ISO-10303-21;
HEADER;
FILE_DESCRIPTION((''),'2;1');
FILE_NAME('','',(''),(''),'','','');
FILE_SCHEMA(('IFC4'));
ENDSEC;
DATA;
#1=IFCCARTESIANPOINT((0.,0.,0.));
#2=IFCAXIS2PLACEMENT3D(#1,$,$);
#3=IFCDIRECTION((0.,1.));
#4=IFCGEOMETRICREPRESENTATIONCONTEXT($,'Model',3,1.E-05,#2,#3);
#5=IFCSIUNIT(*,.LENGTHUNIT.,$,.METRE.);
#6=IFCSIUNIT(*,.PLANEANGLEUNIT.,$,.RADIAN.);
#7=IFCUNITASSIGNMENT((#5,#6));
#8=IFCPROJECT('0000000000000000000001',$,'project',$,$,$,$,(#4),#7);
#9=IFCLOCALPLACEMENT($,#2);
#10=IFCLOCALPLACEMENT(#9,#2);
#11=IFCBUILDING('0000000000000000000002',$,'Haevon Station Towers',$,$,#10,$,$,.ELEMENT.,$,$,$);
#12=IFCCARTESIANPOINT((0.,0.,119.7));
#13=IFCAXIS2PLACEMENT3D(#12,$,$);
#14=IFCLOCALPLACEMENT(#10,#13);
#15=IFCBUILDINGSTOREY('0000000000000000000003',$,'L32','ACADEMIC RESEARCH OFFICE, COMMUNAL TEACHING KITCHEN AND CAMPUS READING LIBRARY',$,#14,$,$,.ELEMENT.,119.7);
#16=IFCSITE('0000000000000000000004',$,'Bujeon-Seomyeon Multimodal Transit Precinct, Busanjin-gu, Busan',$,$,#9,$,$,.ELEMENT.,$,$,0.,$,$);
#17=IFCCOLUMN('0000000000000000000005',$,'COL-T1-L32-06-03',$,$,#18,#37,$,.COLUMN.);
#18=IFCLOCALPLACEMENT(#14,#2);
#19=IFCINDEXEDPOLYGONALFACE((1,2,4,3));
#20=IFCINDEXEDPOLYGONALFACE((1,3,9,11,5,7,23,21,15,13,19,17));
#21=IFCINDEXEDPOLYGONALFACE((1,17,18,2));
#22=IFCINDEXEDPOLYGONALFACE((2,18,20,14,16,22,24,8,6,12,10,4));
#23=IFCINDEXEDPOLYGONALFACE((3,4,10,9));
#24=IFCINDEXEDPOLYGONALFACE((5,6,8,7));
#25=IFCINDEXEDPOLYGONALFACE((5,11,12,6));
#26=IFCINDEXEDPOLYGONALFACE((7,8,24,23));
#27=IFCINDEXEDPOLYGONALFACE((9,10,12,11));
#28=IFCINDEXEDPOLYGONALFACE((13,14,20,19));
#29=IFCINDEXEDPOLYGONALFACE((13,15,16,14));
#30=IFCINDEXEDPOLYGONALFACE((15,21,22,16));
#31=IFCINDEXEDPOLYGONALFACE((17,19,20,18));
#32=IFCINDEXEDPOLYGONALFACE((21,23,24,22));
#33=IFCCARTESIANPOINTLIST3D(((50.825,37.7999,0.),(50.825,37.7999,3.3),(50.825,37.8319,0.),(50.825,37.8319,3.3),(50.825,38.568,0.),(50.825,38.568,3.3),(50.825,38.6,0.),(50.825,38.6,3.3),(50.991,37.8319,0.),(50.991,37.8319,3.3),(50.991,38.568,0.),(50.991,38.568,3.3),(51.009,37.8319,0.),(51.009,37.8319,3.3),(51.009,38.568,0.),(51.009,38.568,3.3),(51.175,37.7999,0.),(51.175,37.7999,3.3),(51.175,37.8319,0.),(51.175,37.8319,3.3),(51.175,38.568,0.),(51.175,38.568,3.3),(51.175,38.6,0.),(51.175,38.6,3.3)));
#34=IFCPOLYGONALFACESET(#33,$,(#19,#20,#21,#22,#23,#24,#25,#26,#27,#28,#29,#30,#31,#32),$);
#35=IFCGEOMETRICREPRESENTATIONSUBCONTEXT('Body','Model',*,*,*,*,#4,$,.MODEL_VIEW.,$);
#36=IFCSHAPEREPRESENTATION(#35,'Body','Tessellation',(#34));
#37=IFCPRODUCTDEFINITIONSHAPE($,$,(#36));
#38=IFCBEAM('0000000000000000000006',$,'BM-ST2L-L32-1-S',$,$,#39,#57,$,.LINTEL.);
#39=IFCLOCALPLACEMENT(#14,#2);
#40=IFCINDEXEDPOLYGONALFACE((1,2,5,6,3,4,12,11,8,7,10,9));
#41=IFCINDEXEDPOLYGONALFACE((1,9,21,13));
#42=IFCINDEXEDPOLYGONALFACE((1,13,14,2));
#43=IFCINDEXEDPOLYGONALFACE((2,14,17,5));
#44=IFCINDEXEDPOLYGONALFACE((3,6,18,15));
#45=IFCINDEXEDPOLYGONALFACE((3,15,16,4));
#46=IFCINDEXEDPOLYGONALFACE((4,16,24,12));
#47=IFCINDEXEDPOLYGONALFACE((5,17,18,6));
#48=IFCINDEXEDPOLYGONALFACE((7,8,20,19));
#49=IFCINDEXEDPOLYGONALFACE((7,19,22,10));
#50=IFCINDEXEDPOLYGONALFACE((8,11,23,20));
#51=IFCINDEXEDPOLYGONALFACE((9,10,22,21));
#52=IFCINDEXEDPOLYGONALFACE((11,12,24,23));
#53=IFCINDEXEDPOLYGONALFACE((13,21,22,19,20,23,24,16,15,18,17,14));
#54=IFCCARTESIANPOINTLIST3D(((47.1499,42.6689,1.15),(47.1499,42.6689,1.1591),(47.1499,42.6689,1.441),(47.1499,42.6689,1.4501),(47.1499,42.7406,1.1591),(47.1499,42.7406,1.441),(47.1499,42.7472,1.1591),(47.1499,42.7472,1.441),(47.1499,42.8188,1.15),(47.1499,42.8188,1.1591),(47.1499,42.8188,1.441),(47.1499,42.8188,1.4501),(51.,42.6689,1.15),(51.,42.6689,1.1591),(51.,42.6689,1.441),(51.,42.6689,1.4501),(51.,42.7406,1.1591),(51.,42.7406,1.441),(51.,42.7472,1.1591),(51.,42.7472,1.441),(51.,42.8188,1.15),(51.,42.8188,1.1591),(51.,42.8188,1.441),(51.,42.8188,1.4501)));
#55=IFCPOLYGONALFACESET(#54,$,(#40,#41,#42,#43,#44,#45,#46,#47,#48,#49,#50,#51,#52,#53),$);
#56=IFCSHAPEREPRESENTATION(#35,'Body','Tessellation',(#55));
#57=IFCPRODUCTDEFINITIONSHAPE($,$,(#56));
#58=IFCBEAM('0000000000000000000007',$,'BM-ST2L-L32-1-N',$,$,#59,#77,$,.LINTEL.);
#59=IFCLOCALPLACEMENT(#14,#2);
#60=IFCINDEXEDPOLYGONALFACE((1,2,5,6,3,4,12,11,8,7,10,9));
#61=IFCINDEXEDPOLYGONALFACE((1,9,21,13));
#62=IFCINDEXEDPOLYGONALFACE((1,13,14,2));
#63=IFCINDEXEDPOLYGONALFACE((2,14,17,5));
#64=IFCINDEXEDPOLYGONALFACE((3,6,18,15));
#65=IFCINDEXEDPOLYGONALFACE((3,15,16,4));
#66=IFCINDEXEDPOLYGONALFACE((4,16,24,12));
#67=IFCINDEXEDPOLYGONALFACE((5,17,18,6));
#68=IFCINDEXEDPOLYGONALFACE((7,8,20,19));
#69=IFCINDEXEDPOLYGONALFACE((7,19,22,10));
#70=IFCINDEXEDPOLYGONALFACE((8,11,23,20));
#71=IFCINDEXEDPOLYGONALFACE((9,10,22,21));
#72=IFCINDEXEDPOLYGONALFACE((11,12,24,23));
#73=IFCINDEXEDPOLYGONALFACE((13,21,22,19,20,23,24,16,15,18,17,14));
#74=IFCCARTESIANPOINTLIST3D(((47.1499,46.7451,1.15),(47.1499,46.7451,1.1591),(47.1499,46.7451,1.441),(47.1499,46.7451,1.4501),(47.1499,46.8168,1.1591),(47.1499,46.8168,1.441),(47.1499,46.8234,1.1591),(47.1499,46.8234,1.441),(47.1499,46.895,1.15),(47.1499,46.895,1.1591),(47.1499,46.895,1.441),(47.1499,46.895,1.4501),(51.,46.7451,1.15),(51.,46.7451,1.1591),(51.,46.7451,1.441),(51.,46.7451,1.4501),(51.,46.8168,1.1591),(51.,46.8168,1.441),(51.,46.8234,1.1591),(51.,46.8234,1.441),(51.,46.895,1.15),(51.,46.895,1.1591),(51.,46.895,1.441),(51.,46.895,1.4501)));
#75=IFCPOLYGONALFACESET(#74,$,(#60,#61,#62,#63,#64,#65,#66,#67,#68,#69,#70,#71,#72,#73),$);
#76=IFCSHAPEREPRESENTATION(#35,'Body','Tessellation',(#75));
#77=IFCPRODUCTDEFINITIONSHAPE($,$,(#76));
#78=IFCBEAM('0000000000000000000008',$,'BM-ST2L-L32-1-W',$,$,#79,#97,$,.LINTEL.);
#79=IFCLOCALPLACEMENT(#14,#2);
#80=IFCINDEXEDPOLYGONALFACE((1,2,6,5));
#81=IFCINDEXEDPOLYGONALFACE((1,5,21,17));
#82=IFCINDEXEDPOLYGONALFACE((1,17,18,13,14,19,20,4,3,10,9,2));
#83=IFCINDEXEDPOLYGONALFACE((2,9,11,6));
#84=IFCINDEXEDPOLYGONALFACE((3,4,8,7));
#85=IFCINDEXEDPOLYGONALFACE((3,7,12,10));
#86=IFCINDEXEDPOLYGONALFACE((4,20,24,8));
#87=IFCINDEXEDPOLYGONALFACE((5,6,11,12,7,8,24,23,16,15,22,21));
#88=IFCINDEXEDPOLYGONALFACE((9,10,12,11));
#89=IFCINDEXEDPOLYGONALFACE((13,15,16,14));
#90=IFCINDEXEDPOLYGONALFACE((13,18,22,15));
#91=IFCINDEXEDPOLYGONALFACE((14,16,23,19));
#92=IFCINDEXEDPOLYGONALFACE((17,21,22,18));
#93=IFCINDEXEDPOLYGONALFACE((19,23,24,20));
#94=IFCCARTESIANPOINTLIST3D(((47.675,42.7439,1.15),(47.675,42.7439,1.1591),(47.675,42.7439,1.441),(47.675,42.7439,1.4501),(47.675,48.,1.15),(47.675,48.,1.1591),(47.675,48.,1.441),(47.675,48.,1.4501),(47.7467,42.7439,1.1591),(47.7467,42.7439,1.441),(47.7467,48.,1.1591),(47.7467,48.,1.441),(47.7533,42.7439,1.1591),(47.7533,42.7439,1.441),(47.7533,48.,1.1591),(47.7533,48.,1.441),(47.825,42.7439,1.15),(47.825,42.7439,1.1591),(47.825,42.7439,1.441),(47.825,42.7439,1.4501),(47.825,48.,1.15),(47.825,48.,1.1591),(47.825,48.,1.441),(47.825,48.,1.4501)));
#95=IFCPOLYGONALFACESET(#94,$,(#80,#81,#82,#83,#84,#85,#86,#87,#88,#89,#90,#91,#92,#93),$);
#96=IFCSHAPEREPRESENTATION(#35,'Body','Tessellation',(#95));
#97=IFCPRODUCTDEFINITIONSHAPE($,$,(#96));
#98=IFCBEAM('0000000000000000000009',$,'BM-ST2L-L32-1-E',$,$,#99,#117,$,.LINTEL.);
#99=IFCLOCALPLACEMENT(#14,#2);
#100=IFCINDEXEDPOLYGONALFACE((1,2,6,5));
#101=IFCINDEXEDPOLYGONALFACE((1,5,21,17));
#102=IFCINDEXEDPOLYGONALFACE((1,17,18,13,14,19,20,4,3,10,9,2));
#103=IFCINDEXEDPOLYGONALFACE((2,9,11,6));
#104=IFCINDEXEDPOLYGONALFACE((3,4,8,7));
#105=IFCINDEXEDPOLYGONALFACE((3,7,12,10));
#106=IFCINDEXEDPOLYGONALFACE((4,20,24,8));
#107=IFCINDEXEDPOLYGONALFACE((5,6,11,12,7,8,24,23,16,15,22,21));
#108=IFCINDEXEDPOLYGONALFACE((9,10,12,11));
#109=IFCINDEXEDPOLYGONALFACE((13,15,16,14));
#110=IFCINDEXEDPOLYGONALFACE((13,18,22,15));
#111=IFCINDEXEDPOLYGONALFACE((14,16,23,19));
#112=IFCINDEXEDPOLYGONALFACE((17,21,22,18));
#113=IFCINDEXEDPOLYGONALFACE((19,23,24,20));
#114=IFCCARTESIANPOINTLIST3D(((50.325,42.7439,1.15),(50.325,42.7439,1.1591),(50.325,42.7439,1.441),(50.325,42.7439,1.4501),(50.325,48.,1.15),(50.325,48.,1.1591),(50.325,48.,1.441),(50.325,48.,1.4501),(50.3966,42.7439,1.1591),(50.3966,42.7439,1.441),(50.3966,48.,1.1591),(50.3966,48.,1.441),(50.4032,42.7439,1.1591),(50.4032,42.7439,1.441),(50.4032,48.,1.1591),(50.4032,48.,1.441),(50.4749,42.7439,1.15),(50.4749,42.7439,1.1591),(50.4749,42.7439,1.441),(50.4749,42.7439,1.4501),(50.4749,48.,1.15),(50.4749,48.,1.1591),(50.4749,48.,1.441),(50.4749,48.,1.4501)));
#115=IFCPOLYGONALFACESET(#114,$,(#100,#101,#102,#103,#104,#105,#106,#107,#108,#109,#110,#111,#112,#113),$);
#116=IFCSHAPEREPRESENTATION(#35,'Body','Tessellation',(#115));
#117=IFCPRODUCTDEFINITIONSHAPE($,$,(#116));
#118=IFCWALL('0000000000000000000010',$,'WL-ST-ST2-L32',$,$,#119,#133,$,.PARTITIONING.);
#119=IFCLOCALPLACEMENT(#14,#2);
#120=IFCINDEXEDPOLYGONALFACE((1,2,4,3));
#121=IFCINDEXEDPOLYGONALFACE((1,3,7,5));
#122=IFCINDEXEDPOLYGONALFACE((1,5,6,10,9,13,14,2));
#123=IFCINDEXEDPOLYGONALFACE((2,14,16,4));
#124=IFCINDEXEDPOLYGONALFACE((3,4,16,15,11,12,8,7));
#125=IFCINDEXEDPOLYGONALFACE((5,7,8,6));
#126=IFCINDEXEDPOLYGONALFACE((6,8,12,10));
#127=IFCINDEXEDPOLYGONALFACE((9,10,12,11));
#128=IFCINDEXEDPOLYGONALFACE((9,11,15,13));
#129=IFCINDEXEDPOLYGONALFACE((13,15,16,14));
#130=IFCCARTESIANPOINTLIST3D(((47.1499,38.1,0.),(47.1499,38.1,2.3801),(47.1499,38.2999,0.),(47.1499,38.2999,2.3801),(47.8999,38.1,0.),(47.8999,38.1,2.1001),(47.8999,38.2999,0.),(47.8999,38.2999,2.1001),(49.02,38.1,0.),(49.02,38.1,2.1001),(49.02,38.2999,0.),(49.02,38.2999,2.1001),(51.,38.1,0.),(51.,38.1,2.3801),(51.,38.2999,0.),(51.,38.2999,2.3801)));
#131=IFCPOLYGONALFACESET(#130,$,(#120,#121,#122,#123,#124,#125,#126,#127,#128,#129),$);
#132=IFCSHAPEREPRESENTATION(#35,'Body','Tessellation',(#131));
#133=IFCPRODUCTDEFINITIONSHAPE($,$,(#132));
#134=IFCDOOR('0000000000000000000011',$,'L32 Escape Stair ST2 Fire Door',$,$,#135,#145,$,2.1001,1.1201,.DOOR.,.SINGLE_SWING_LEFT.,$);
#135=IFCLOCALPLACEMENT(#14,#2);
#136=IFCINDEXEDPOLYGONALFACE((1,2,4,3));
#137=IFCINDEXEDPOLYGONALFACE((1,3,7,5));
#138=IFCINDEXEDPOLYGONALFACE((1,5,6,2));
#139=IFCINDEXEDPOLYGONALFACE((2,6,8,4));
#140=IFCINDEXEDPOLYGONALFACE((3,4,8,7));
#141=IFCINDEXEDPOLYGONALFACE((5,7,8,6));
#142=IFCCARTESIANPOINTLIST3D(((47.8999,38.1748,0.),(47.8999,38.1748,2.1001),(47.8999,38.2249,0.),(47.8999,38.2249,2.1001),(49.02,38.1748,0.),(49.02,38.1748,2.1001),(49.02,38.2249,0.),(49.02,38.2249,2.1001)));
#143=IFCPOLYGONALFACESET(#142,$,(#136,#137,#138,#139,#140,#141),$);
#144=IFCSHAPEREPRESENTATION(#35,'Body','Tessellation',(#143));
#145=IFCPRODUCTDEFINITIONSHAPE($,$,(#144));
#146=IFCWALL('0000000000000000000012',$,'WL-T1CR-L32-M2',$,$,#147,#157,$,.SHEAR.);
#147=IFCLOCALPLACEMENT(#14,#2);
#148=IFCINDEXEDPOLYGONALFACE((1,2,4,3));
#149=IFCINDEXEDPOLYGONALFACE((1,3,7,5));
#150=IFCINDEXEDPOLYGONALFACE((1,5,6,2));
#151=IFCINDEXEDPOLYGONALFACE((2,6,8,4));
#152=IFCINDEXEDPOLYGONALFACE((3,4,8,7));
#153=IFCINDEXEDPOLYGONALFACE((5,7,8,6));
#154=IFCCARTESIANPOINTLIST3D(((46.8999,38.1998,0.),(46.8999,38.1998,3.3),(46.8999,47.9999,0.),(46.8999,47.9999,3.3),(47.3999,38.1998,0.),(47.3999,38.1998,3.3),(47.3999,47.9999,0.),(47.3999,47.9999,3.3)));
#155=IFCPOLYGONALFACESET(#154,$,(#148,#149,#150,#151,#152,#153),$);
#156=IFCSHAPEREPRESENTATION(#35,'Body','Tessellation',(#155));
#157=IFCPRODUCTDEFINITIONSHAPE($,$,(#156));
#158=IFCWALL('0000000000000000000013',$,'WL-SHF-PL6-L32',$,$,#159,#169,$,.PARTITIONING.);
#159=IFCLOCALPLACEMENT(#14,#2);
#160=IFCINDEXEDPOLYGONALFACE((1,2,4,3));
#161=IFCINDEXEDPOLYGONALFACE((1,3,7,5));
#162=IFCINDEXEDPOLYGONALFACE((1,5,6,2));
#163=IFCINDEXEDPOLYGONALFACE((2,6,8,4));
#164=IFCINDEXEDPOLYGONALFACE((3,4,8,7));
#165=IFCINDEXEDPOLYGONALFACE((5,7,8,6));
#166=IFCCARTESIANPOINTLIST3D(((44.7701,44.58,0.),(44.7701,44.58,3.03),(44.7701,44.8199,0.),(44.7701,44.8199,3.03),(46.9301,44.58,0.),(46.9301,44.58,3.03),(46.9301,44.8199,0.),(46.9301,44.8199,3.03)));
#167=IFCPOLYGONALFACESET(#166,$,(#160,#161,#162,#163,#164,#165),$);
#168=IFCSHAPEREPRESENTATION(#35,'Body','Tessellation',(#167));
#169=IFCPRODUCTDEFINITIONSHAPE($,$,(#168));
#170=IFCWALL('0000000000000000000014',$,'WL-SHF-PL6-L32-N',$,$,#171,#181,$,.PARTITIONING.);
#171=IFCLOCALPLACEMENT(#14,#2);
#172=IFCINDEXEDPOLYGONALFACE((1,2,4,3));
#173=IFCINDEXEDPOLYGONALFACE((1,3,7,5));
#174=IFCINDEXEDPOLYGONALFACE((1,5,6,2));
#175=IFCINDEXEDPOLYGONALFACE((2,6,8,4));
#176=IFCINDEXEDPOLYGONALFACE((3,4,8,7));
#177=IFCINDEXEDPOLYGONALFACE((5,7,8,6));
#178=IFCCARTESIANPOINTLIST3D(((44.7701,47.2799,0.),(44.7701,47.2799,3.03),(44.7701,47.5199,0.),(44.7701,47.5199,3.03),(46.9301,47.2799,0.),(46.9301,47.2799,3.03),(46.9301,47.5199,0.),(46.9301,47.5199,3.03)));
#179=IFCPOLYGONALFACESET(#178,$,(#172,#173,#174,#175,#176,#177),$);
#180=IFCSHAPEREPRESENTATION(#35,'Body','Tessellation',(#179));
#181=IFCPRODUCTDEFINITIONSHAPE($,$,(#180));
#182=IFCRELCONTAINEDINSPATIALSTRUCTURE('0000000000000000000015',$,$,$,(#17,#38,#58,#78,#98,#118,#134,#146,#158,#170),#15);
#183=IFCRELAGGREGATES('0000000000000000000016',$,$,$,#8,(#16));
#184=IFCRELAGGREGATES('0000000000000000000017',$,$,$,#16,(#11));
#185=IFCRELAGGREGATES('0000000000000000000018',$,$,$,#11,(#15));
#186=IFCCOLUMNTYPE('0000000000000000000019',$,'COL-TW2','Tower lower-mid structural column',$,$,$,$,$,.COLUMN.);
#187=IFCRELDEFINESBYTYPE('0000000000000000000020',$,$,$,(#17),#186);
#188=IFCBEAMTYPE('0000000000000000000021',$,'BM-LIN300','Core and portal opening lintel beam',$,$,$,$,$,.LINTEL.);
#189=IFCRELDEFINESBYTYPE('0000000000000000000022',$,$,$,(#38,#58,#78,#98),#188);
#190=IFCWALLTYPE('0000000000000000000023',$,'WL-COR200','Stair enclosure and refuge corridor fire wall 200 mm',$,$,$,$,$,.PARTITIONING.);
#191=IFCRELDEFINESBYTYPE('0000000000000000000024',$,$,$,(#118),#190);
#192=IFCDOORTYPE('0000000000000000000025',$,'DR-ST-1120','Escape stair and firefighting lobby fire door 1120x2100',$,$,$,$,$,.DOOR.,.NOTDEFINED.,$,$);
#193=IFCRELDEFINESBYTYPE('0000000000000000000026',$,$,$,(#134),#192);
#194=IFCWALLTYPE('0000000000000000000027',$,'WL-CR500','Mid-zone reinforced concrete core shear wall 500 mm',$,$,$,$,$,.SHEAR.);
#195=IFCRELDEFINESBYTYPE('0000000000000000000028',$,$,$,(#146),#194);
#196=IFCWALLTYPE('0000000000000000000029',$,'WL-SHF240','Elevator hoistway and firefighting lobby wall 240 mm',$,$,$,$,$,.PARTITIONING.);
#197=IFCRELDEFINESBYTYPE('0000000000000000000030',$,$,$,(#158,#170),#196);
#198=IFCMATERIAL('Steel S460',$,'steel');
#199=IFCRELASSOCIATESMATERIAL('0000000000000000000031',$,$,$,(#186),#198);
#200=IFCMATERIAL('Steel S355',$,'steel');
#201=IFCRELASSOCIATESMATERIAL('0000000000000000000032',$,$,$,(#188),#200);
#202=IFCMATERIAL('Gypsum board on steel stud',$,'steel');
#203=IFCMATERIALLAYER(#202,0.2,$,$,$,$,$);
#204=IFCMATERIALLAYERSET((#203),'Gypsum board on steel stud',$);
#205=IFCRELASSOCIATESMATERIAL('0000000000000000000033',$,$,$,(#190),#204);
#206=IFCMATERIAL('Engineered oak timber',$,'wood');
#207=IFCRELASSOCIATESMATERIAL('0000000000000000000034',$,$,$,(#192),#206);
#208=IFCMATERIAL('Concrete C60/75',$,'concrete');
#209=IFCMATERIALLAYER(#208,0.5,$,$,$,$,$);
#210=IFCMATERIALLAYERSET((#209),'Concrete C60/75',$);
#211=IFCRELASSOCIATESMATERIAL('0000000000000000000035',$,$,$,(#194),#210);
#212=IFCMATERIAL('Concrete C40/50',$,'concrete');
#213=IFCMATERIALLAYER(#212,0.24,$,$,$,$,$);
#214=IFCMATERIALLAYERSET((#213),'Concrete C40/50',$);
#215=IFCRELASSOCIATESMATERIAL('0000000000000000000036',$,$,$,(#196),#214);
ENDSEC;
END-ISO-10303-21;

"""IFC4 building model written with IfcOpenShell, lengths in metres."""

from ifc_helpers import new_model, si_unit, direction, frame, frame_2d, origin, origin_2d, place, context, subcontext, project, spatial, rectangle, i_section, extrude, material, layer, layer_set, material_profile, profile_set, type_object, element, fill, save


model = new_model("IFC4")

# Units and contexts
model_context = context("Model", 3, precision=1e-05, world=origin(), true_north=direction((0.0, 1.0)))
body_context = subcontext(model_context, "Body", "Model", "MODEL_VIEW")
ifc_project = project(units=[si_unit("LENGTHUNIT", "METRE"), si_unit("PLANEANGLEUNIT", "RADIAN")], contexts=[model_context])

# Site, building, storey
site_placement = place(None, origin())
site = spatial("IfcSite", under=ifc_project, at=site_placement, Name="Bujeon-Seomyeon Multimodal Transit Precinct, Busanjin-gu, Busan", CompositionType="ELEMENT", RefElevation=0.0)
building_placement = place(site_placement, origin())
building = spatial("IfcBuilding", under=site, at=building_placement, Name="Haevon Station Towers", CompositionType="ELEMENT")
storey_placement = place(building_placement, frame((0.0, 0.0, 119.7)))
storey = spatial("IfcBuildingStorey", under=building, at=storey_placement, Name="L32", Description="ACADEMIC RESEARCH OFFICE, COMMUNAL TEACHING KITCHEN AND CAMPUS READING LIBRARY", CompositionType="ELEMENT", Elevation=119.7)

# Column
ifc_material_1 = material(Name="Steel S460", Category="steel")
ifc_material_profile_1 = material_profile(ifc_material_1, i_section(OverallWidth=0.3501, OverallDepth=0.8, WebThickness=0.0181, FlangeThickness=0.032, at=origin_2d()), Name="H-800x350x18x32")
ifc_profile_set_1 = profile_set([ifc_material_profile_1], Name="Steel S460")
column_type = type_object("IfcColumnType", Name="COL-TW2", Description="Tower lower-mid structural column", PredefinedType="COLUMN", material=ifc_profile_set_1)
column_placement = place(storey_placement, frame((51.0, 38.2, 0.0), z_axis=(0.0, 0.0, 1.0), x_axis=(1.0, 0.0, 0.0)))
element("IfcColumn", 1, at=column_placement, inside=storey, type_object=column_type, Name="COL-T1-L32-06-03", PredefinedType="COLUMN", context=body_context, shape_type="SweptSolid", body=[
    extrude(i_section(OverallWidth=0.3501, OverallDepth=0.8, WebThickness=0.0181, FlangeThickness=0.032, at=origin_2d()), origin(), (0.0, 0.0, 1.0), 3.3),
])

# Beams
ifc_material_2 = material(Name="Steel S355", Category="steel")
ifc_material_profile_2 = material_profile(ifc_material_2, i_section(OverallWidth=0.1499, OverallDepth=0.3, WebThickness=0.0066, FlangeThickness=0.009, at=origin_2d()), Name="H-300x150x6.5x9")
ifc_profile_set_2 = profile_set([ifc_material_profile_2], Name="Steel S355")
beam_type = type_object("IfcBeamType", Name="BM-LIN300", Description="Core and portal opening lintel beam", PredefinedType="LINTEL", material=ifc_profile_set_2)
for number, where, z_axis, x_axis, name in (
    (2, (47.1499, 42.7439, 1.3), (1.0, 0.0, 0.0), (0.0, 1.0, 0.0), "BM-ST2L-L32-1-S"),
    (3, (47.1499, 46.8201, 1.3), (1.0, 0.0, 0.0), (0.0, 1.0, 0.0), "BM-ST2L-L32-1-N"),
):
    element("IfcBeam", number, at=place(storey_placement, frame(where, z_axis=z_axis, x_axis=x_axis)), inside=storey, type_object=beam_type, Name=name, PredefinedType="LINTEL", context=body_context, shape_type="SweptSolid", body=[
        extrude(i_section(OverallWidth=0.1499, OverallDepth=0.3, WebThickness=0.0066, FlangeThickness=0.009, at=origin_2d()), origin(), (0.0, 0.0, 1.0), 3.8501),
    ])
for number, where, z_axis, x_axis, name in (
    (4, (47.75, 42.7439, 1.3), (0.0, 1.0, 0.0), (-1.0, 0.0, 0.0), "BM-ST2L-L32-1-W"),
    (5, (50.3999, 42.7439, 1.3), (0.0, 1.0, 0.0), (-1.0, 0.0, 0.0), "BM-ST2L-L32-1-E"),
):
    element("IfcBeam", number, at=place(storey_placement, frame(where, z_axis=z_axis, x_axis=x_axis)), inside=storey, type_object=beam_type, Name=name, PredefinedType="LINTEL", context=body_context, shape_type="SweptSolid", body=[
        extrude(i_section(OverallWidth=0.1499, OverallDepth=0.3, WebThickness=0.0066, FlangeThickness=0.009, at=origin_2d()), origin(), (0.0, 0.0, 1.0), 5.2561),
    ])

# Wall, opening, door
ifc_material_3 = material(Name="Gypsum board on steel stud", Category="steel")
ifc_layer_1 = layer(ifc_material_3, 0.2)
ifc_layer_set_1 = layer_set([ifc_layer_1], Name="Gypsum board on steel stud")
wall_type_1 = type_object("IfcWallType", Name="WL-COR200", Description="Stair enclosure and refuge corridor fire wall 200 mm", PredefinedType="PARTITIONING", material=ifc_layer_set_1)
wall_1_placement = place(storey_placement, frame((47.1499, 38.2, 0.0), z_axis=(0.0, 0.0, 1.0), x_axis=(1.0, 0.0, 0.0)))
wall_1 = element("IfcWall", 6, at=wall_1_placement, inside=storey, type_object=wall_type_1, Name="WL-ST-ST2-L32", PredefinedType="PARTITIONING", context=body_context, shape_type="SweptSolid", body=[
    extrude(rectangle(XDim=3.8501, YDim=0.2, at=frame_2d((1.925, 0.0))), origin(), (0.0, 0.0, 1.0), 2.3801),
])
opening_placement = place(wall_1_placement, frame((0.75, 0.0, 0.0)))
opening = element("IfcOpeningElement", 7, at=opening_placement, cuts=wall_1, PredefinedType="OPENING", context=body_context, shape_type="SweptSolid", body=[
    extrude(rectangle(XDim=1.1201, YDim=2.1001, at=frame_2d((0.5601, 1.05))), frame((0.0, 0.1099, 0.0), z_axis=(0.0, -1.0, 0.0), x_axis=(1.0, 0.0, 0.0)), (0.0, 0.0, 1.0), 0.22),
])
ifc_material_4 = material(Name="Engineered oak timber", Category="wood")
door_type = type_object("IfcDoorType", Name="DR-ST-1120", Description="Escape stair and firefighting lobby fire door 1120x2100", OperationType="NOTDEFINED", PredefinedType="DOOR", material=ifc_material_4)
door_placement = place(opening_placement, origin())
door = element("IfcDoor", 8, at=door_placement, inside=storey, type_object=door_type, Name="L32 Escape Stair ST2 Fire Door", OperationType="SINGLE_SWING_LEFT", OverallHeight=2.1001, OverallWidth=1.1201, PredefinedType="DOOR", context=body_context, shape_type="SweptSolid", body=[
    extrude(rectangle(XDim=1.1201, YDim=2.1001, at=frame_2d((0.5601, 1.05))), frame((0.0, 0.0249, 0.0), z_axis=(0.0, -1.0, 0.0), x_axis=(1.0, 0.0, 0.0)), (0.0, 0.0, 1.0), 0.05),
])
fill(opening, door)

# Walls
ifc_material_5 = material(Name="Concrete C60/75", Category="concrete")
ifc_layer_2 = layer(ifc_material_5, 0.5)
ifc_layer_set_2 = layer_set([ifc_layer_2], Name="Concrete C60/75")
wall_type_2 = type_object("IfcWallType", Name="WL-CR500", Description="Mid-zone reinforced concrete core shear wall 500 mm", PredefinedType="SHEAR", material=ifc_layer_set_2)
wall_2_placement = place(storey_placement, frame((47.1499, 38.2, 0.0), z_axis=(0.0, 0.0, 1.0), x_axis=(0.0, 1.0, 0.0)))
element("IfcWall", 9, at=wall_2_placement, inside=storey, type_object=wall_type_2, Name="WL-T1CR-L32-M2", PredefinedType="SHEAR", context=body_context, shape_type="SweptSolid", body=[
    extrude(rectangle(XDim=9.8, YDim=0.5, at=frame_2d((4.8999, 0.0))), origin(), (0.0, 0.0, 1.0), 3.3),
])
ifc_material_6 = material(Name="Concrete C40/50", Category="concrete")
ifc_layer_3 = layer(ifc_material_6, 0.24)
ifc_layer_set_3 = layer_set([ifc_layer_3], Name="Concrete C40/50")
wall_type_3 = type_object("IfcWallType", Name="WL-SHF240", Description="Elevator hoistway and firefighting lobby wall 240 mm", PredefinedType="PARTITIONING", material=ifc_layer_set_3)
for number, where, z_axis, x_axis, name in (
    (10, (44.77, 44.7, 0.0), (0.0, 0.0, 1.0), (1.0, 0.0, 0.0), "WL-SHF-PL6-L32"),
    (11, (44.77, 47.3999, 0.0), (0.0, 0.0, 1.0), (1.0, 0.0, 0.0), "WL-SHF-PL6-L32-N"),
):
    element("IfcWall", number, at=place(storey_placement, frame(where, z_axis=z_axis, x_axis=x_axis)), inside=storey, type_object=wall_type_3, Name=name, PredefinedType="PARTITIONING", context=body_context, shape_type="SweptSolid", body=[
        extrude(rectangle(XDim=2.1599, YDim=0.24, at=frame_2d((1.0801, 0.0))), origin(), (0.0, 0.0, 1.0), 3.03),
    ])

save(model, "model.ifc")
